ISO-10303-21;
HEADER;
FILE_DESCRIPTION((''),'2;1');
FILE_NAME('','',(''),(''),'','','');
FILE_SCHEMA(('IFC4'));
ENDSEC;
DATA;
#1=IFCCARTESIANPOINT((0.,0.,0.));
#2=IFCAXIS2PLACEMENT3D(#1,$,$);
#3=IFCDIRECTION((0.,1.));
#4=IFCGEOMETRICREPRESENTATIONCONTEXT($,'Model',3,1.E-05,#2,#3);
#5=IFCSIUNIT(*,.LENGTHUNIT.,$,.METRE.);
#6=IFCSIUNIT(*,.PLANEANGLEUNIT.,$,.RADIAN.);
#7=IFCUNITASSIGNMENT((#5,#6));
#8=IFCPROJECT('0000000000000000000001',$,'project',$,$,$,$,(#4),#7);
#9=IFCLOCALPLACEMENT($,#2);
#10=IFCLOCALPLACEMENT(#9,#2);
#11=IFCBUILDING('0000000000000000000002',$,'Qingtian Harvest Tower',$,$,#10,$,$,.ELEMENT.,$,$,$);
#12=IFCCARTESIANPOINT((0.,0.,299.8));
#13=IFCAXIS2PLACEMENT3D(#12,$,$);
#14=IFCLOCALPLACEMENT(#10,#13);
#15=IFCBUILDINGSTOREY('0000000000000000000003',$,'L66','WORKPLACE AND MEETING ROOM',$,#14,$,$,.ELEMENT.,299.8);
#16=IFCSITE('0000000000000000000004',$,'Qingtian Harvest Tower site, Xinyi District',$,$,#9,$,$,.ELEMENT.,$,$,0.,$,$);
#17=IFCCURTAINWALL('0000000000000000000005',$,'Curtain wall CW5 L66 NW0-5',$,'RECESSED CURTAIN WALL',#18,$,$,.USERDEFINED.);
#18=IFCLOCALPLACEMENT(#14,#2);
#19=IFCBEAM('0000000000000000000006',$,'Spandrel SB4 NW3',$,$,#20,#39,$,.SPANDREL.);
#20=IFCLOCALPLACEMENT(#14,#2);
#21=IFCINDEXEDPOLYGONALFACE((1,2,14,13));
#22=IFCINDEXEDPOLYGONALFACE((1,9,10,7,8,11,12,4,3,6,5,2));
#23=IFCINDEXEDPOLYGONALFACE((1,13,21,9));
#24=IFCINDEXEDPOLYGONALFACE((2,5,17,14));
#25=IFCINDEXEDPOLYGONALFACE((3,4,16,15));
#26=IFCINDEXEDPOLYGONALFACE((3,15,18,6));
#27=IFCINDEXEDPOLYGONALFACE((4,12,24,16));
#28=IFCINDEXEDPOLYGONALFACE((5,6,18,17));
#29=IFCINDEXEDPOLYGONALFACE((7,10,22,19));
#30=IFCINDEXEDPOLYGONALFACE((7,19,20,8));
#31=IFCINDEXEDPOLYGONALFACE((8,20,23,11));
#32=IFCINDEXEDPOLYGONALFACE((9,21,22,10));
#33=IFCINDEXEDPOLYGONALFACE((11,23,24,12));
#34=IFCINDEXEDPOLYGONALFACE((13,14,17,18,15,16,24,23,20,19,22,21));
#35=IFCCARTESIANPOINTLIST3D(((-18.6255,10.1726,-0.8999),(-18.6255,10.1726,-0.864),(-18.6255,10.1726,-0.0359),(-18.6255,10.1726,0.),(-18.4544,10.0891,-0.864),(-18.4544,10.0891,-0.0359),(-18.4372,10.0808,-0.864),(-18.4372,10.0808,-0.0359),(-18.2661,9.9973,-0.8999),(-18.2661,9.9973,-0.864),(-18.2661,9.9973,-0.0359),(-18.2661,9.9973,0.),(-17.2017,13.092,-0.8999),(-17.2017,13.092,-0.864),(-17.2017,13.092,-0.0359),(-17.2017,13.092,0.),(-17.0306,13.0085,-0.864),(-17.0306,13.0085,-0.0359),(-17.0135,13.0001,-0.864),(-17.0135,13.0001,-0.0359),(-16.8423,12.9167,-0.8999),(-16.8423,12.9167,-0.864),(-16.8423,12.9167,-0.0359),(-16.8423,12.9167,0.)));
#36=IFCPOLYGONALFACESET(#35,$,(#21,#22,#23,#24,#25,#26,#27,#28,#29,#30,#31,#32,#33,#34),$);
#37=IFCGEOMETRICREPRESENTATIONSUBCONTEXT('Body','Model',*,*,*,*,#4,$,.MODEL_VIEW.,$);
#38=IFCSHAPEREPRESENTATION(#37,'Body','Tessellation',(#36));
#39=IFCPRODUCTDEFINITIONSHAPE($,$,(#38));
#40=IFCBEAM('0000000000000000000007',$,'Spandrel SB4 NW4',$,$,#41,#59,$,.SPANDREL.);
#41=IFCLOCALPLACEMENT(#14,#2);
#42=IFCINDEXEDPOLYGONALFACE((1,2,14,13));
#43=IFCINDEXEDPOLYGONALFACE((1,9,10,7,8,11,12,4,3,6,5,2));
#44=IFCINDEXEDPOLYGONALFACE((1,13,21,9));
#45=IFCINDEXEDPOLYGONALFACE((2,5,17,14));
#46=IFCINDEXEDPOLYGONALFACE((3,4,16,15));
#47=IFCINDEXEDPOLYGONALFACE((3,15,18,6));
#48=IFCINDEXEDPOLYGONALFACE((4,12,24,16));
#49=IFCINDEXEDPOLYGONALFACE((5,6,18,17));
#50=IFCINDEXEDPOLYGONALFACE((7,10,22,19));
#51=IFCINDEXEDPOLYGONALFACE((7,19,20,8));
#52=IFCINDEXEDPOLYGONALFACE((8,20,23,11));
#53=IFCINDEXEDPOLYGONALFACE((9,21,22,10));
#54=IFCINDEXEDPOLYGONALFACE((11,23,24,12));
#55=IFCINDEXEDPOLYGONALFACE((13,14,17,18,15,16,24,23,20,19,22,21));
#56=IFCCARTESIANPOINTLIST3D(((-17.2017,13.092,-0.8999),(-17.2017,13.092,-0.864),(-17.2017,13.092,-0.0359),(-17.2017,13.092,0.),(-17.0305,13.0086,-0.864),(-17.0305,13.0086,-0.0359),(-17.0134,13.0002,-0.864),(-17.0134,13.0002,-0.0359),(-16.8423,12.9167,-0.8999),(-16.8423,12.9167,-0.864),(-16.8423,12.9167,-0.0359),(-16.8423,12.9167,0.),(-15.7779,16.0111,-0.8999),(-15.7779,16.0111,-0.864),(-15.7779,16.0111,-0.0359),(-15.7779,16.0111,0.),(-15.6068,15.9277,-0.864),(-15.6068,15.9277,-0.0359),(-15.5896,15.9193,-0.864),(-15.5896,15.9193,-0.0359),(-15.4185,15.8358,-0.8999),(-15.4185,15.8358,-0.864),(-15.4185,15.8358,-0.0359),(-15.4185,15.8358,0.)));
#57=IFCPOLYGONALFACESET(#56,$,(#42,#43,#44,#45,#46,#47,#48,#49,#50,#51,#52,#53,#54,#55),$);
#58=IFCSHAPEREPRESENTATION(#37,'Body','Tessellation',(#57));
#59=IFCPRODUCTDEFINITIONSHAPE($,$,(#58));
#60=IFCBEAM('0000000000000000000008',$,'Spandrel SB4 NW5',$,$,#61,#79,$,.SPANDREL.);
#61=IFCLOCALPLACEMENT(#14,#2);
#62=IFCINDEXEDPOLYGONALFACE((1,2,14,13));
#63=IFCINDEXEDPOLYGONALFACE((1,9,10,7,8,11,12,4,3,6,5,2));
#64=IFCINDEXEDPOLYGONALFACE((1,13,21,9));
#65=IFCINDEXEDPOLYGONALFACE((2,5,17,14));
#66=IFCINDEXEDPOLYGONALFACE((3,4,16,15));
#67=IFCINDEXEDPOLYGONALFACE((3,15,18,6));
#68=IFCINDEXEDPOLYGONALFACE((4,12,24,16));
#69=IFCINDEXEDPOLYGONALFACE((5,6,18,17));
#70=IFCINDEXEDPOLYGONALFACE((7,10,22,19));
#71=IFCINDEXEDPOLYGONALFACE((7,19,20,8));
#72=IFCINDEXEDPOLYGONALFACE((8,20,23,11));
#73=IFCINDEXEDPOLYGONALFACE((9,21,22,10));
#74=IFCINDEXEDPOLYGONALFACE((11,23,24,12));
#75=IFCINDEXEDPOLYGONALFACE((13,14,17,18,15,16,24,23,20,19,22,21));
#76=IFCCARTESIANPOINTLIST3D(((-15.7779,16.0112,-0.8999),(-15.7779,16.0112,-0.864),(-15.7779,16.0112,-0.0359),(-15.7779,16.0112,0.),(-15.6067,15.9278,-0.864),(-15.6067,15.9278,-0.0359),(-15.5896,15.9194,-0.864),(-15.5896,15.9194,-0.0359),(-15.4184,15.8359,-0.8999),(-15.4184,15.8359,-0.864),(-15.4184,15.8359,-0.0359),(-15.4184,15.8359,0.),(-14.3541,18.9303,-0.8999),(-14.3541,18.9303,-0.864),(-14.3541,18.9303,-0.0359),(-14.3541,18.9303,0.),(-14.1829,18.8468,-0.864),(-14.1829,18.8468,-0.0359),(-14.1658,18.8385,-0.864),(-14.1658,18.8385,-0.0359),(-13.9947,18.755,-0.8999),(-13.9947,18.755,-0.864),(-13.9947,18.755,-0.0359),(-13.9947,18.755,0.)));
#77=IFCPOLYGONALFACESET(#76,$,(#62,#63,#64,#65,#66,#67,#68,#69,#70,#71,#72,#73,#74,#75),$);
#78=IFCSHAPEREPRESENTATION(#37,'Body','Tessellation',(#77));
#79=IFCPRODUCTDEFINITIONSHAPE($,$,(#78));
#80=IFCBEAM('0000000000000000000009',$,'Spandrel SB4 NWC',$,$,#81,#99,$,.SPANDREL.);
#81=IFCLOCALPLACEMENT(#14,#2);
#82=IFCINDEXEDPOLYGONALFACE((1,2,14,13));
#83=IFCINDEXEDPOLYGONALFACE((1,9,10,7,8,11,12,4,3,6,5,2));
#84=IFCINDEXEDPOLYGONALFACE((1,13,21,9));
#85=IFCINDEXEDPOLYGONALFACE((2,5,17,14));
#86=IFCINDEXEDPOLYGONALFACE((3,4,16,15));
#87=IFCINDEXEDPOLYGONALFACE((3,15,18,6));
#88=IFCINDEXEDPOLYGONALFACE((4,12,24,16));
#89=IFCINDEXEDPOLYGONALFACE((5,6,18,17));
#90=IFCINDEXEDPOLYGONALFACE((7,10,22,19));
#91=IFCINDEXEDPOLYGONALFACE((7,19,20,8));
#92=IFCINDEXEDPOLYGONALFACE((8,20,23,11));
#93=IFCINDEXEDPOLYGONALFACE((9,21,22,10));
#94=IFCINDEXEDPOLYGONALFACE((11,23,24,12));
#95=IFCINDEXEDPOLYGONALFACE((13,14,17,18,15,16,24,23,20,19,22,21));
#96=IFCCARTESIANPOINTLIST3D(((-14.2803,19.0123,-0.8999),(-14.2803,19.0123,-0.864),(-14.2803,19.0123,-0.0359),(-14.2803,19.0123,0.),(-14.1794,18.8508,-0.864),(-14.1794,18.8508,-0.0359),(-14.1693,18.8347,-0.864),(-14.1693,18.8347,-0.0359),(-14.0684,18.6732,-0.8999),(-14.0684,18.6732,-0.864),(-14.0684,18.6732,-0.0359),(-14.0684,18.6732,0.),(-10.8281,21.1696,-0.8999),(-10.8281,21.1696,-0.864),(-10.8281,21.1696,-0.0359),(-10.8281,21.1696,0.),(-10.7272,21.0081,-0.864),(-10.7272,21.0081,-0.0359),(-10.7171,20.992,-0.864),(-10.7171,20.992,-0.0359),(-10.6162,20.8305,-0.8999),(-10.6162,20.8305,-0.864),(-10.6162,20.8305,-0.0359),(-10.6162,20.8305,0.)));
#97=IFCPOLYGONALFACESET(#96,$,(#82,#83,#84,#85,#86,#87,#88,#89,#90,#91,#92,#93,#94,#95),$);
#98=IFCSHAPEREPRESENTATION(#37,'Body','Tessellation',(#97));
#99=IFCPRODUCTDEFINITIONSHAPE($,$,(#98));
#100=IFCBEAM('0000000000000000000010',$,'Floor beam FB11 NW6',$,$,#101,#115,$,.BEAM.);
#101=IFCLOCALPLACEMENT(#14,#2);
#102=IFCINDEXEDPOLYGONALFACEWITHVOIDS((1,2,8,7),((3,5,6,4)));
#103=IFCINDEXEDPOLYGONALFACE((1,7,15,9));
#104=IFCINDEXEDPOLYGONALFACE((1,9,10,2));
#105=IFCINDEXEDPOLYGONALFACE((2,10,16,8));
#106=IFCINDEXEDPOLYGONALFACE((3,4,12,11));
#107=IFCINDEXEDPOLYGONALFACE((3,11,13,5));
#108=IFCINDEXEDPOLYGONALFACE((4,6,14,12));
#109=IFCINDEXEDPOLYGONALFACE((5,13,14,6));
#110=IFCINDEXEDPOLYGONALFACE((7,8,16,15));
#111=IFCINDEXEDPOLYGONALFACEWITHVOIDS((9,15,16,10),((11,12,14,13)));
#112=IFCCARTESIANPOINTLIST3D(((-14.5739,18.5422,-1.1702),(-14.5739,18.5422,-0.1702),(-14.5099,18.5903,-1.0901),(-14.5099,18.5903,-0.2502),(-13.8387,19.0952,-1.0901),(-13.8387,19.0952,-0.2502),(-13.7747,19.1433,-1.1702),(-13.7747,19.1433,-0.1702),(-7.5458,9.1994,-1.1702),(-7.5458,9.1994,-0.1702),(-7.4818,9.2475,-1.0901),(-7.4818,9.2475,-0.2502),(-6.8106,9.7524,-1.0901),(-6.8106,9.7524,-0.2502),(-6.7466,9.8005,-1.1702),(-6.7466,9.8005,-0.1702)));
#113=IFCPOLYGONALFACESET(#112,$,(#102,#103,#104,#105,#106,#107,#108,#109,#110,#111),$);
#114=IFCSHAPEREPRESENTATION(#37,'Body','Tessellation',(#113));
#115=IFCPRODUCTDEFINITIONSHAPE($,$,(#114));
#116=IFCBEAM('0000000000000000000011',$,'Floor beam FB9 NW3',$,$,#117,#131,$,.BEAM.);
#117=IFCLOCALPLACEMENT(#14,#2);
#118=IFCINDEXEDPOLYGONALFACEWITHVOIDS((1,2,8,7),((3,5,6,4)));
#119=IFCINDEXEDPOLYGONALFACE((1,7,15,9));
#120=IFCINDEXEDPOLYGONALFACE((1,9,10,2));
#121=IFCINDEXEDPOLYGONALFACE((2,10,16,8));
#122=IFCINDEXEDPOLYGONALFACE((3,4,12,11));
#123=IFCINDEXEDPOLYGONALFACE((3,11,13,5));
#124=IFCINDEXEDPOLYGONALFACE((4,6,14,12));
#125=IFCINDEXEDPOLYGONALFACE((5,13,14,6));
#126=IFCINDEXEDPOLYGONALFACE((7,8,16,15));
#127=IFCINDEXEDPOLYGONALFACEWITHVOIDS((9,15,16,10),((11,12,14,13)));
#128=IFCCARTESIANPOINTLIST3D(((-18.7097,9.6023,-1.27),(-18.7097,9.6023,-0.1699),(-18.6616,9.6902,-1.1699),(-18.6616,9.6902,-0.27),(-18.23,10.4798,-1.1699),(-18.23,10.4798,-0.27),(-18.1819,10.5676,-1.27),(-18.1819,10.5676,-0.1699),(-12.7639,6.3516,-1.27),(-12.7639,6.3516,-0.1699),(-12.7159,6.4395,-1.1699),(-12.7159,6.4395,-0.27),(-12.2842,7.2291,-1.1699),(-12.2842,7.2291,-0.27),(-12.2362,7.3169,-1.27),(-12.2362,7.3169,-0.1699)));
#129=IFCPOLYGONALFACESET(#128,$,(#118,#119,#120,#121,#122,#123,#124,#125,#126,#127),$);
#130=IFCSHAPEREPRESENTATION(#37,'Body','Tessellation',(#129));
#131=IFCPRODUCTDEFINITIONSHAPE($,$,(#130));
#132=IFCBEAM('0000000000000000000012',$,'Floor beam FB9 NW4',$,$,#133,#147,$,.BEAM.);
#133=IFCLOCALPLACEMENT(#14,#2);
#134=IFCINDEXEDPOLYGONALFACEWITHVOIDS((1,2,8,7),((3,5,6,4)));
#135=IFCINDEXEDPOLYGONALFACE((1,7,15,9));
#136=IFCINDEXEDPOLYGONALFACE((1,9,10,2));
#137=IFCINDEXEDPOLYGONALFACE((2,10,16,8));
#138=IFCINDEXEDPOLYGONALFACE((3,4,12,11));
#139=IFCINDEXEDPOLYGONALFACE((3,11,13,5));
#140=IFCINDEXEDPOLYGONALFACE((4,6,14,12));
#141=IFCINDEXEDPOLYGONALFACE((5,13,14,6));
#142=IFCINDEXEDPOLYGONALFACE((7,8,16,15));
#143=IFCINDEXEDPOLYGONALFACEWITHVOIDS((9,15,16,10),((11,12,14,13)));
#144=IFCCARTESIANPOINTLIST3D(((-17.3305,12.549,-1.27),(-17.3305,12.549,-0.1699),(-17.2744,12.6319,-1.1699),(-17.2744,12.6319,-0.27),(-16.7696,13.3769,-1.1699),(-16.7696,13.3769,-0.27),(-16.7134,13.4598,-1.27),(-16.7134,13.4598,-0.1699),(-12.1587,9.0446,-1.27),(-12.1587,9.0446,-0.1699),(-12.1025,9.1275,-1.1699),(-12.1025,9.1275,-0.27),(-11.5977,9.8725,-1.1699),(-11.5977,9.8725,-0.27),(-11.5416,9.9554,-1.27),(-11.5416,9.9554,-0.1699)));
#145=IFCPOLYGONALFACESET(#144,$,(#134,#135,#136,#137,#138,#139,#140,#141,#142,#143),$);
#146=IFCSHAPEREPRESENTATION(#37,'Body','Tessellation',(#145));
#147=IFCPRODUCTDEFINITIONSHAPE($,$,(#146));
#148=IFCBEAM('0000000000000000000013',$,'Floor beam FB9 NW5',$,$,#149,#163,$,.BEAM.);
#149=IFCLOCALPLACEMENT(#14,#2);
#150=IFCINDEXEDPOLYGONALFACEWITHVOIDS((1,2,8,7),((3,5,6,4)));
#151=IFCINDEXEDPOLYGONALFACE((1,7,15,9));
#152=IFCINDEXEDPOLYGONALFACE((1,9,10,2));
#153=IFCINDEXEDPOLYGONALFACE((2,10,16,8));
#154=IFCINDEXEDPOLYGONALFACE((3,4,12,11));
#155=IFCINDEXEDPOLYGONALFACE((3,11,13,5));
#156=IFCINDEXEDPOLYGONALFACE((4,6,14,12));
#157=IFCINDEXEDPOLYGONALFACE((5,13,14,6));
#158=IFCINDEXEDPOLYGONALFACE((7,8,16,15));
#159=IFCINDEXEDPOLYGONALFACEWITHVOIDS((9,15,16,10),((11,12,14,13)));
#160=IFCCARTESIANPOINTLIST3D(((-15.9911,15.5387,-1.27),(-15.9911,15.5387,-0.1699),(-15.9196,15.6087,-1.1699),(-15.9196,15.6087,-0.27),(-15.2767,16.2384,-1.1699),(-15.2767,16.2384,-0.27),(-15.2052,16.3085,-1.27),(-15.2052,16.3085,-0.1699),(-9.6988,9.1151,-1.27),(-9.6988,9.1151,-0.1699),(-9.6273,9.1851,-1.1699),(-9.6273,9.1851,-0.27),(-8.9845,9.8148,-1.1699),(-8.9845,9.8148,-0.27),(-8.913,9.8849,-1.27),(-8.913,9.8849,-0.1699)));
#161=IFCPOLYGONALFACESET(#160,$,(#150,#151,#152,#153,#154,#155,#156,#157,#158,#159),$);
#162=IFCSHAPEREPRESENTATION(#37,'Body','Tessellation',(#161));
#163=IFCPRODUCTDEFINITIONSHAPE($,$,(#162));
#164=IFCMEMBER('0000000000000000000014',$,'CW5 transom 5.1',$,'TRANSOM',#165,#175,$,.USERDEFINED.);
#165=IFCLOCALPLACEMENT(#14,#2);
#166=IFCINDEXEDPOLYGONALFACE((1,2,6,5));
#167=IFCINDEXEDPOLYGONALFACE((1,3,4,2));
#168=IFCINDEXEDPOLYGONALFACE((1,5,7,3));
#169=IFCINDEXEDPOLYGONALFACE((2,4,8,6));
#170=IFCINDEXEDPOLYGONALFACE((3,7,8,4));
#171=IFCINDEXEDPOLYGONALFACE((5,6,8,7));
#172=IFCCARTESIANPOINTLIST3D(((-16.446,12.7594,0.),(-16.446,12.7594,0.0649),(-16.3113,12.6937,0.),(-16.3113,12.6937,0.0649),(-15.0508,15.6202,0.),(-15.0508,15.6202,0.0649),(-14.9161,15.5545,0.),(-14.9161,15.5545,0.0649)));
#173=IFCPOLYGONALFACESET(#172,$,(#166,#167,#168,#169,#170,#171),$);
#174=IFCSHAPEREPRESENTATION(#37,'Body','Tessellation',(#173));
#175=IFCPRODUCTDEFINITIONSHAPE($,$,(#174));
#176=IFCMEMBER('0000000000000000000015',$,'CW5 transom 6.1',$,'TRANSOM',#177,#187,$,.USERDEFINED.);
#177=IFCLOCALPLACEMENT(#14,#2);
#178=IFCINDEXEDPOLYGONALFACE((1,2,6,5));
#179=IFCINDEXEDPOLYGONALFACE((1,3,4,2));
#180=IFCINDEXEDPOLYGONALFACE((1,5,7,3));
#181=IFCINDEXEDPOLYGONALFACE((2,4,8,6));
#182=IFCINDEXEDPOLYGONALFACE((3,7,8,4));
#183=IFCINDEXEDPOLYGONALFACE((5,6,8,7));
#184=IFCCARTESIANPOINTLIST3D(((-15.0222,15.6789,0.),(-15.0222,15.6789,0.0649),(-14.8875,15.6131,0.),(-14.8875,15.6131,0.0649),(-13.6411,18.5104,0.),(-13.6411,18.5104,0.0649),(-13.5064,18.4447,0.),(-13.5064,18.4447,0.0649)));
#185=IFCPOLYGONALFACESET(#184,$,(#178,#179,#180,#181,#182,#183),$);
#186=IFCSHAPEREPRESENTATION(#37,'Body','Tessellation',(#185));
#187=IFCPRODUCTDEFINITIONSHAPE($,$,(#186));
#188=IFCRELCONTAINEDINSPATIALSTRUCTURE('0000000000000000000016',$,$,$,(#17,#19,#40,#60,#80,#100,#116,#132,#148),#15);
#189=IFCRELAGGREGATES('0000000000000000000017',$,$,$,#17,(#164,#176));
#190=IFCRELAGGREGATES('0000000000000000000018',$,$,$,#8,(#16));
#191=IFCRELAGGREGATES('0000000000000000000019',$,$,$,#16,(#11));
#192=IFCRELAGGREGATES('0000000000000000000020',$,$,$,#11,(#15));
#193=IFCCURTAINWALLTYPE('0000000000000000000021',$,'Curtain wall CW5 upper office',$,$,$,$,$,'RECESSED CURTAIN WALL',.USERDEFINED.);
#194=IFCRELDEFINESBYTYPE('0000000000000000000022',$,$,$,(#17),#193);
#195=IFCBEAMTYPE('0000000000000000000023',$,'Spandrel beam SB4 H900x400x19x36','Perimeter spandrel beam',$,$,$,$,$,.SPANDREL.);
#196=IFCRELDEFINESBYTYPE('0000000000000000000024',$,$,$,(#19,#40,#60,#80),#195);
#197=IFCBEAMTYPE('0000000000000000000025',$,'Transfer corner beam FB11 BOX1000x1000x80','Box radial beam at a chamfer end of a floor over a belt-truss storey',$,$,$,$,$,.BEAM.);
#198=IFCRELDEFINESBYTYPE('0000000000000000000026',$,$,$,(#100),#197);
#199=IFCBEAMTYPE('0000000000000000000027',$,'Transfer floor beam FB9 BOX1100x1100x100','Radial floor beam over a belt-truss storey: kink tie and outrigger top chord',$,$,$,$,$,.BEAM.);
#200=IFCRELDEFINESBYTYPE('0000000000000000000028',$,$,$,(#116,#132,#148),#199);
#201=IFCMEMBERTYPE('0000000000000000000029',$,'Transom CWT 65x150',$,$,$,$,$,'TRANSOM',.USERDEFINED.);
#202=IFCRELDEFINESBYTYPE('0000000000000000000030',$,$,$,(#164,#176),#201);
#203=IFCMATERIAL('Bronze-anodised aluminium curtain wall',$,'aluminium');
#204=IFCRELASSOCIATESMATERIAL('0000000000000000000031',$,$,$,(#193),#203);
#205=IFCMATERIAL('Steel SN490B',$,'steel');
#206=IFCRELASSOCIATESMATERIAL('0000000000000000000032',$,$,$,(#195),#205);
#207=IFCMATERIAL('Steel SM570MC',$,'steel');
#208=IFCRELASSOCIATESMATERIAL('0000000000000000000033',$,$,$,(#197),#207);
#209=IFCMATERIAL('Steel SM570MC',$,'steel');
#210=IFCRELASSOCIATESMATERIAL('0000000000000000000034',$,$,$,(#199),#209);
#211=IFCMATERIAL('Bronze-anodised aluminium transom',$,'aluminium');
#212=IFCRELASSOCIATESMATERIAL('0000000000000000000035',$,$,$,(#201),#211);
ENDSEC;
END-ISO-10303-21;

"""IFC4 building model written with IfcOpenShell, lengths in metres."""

from ifc_helpers import new_model, si_unit, direction, frame, origin, origin_2d, place, context, subcontext, project, spatial, rectangle, hollow_rectangle, i_section, extrude, material, material_profile, profile_set, type_object, element, aggregate, save


model = new_model("IFC4")

# Units and contexts
model_context = context("Model", 3, precision=1e-05, world=origin(), true_north=direction((0.0, 1.0)))
body_context = subcontext(model_context, "Body", "Model", "MODEL_VIEW")
ifc_project = project(units=[si_unit("LENGTHUNIT", "METRE"), si_unit("PLANEANGLEUNIT", "RADIAN")], contexts=[model_context])

# Site, building, storey
site_placement = place(None, origin())
site = spatial("IfcSite", under=ifc_project, at=site_placement, Name="Qingtian Harvest Tower site, Xinyi District", CompositionType="ELEMENT", RefElevation=0.0)
building_placement = place(site_placement, origin())
building = spatial("IfcBuilding", under=site, at=building_placement, Name="Qingtian Harvest Tower", CompositionType="ELEMENT")
storey_placement = place(building_placement, frame((0.0, 0.0, 299.8)))
storey = spatial("IfcBuildingStorey", under=building, at=storey_placement, Name="L66", Description="WORKPLACE AND MEETING ROOM", CompositionType="ELEMENT", Elevation=299.8)

# Curtain wall
ifc_material_1 = material(Name="Bronze-anodised aluminium curtain wall", Category="aluminium")
curtain_wall_type = type_object("IfcCurtainWallType", Name="Curtain wall CW5 upper office", ElementType="RECESSED CURTAIN WALL", PredefinedType="USERDEFINED", material=ifc_material_1)
curtain_wall_1_placement = place(storey_placement, origin())
curtain_wall_1 = element("IfcCurtainWall", 1, at=curtain_wall_1_placement, inside=storey, type_object=curtain_wall_type, Name="Curtain wall CW5 L66 NW0-5", ObjectType="RECESSED CURTAIN WALL", PredefinedType="USERDEFINED")

# Beams
ifc_material_2 = material(Name="Steel SN490B", Category="steel")
ifc_material_profile_1 = material_profile(ifc_material_2, i_section(OverallWidth=0.3999, OverallDepth=0.8999, WebThickness=0.019, FlangeThickness=0.0359, at=origin_2d()), Name="H900x400x19x36")
ifc_profile_set_1 = profile_set([ifc_material_profile_1], Name="Steel SN490B")
beam_type_1 = type_object("IfcBeamType", Name="Spandrel beam SB4 H900x400x19x36", Description="Perimeter spandrel beam", PredefinedType="SPANDREL", material=ifc_profile_set_1)
beam_1_placement = place(storey_placement, frame((-18.4458, 10.085, -0.45), z_axis=(0.438353, 0.898803, 0.0), x_axis=(-0.898803, 0.438353, 0.0)))
element("IfcBeam", 2, at=beam_1_placement, inside=storey, type_object=beam_type_1, Name="Spandrel SB4 NW3", PredefinedType="SPANDREL", context=body_context, shape_type="SweptSolid", body=[
    extrude(i_section(OverallWidth=0.3999, OverallDepth=0.8999, WebThickness=0.019, FlangeThickness=0.0359, at=origin_2d()), origin(), (0.0, 0.0, 1.0), 3.248),
])
for number, where, z_axis, x_axis, name in (
    (3, (-17.022, 13.0044, -0.45), (0.438382, 0.898789, 0.0), (-0.898789, 0.438382, 0.0), "Spandrel SB4 NW4"),
    (4, (-15.5981, 15.9236, -0.45), (0.438382, 0.898789, 0.0), (-0.898789, 0.438382, 0.0), "Spandrel SB4 NW5"),
):
    element("IfcBeam", number, at=place(storey_placement, frame(where, z_axis=z_axis, x_axis=x_axis)), inside=storey, type_object=beam_type_1, Name=name, PredefinedType="SPANDREL", context=body_context, shape_type="SweptSolid", body=[
        extrude(i_section(OverallWidth=0.3999, OverallDepth=0.8999, WebThickness=0.019, FlangeThickness=0.0359, at=origin_2d()), origin(), (0.0, 0.0, 1.0), 3.2478),
    ])
beam_2_placement = place(storey_placement, frame((-14.1743, 18.8428, -0.45), z_axis=(0.848039, 0.529934, 0.0), x_axis=(-0.529934, 0.848039, 0.0)))
element("IfcBeam", 5, at=beam_2_placement, inside=storey, type_object=beam_type_1, Name="Spandrel SB4 NWC", PredefinedType="SPANDREL", context=body_context, shape_type="SweptSolid", body=[
    extrude(i_section(OverallWidth=0.3999, OverallDepth=0.8999, WebThickness=0.019, FlangeThickness=0.0359, at=origin_2d()), origin(), (0.0, 0.0, 1.0), 4.0708),
])
ifc_material_3 = material(Name="Steel SM570MC", Category="steel")
ifc_material_profile_2 = material_profile(ifc_material_3, hollow_rectangle(XDim=1.0, YDim=1.0, WallThickness=0.0801, at=origin_2d()), Name="BOX1000x1000x80")
ifc_profile_set_2 = profile_set([ifc_material_profile_2], Name="Steel SM570MC")
beam_type_2 = type_object("IfcBeamType", Name="Transfer corner beam FB11 BOX1000x1000x80", Description="Box radial beam at a chamfer end of a floor over a belt-truss storey", PredefinedType="BEAM", material=ifc_profile_set_2)
beam_3_placement = place(storey_placement, frame((-14.1743, 18.8428, -0.6702), z_axis=(0.601149, -0.799137, 0.0), x_axis=(0.799137, 0.601149, 0.0)))
element("IfcBeam", 6, at=beam_3_placement, inside=storey, type_object=beam_type_2, Name="Floor beam FB11 NW6", PredefinedType="BEAM", context=body_context, shape_type="SweptSolid", body=[
    extrude(hollow_rectangle(XDim=1.0, YDim=1.0, WallThickness=0.0801, at=origin_2d()), origin(), (0.0, 0.0, 1.0), 11.6912),
])
ifc_material_4 = material(Name="Steel SM570MC", Category="steel")
ifc_material_profile_3 = material_profile(ifc_material_4, hollow_rectangle(XDim=1.1001, YDim=1.1001, WallThickness=0.1001, at=origin_2d()), Name="BOX1100x1100x100")
ifc_profile_set_3 = profile_set([ifc_material_profile_3], Name="Steel SM570MC")
beam_type_3 = type_object("IfcBeamType", Name="Transfer floor beam FB9 BOX1100x1100x100", Description="Radial floor beam over a belt-truss storey: kink tie and outrigger top chord", PredefinedType="BEAM", material=ifc_profile_set_3)
beam_4_placement = place(storey_placement, frame((-18.4458, 10.085, -0.72), z_axis=(0.877426, -0.479713, 0.0), x_axis=(0.479713, 0.877426, 0.0)))
element("IfcBeam", 7, at=beam_4_placement, inside=storey, type_object=beam_type_3, Name="Floor beam FB9 NW3", PredefinedType="BEAM", context=body_context, shape_type="SweptSolid", body=[
    extrude(hollow_rectangle(XDim=1.1001, YDim=1.1001, WallThickness=0.1001, at=origin_2d()), origin(), (0.0, 0.0, 1.0), 6.7764),
])
beam_5_placement = place(storey_placement, frame((-17.022, 13.0044, -0.72), z_axis=(0.827854, -0.560943, 0.0), x_axis=(0.560943, 0.827854, 0.0)))
element("IfcBeam", 8, at=beam_5_placement, inside=storey, type_object=beam_type_3, Name="Floor beam FB9 NW4", PredefinedType="BEAM", context=body_context, shape_type="SweptSolid", body=[
    extrude(hollow_rectangle(XDim=1.1001, YDim=1.1001, WallThickness=0.1001, at=origin_2d()), origin(), (0.0, 0.0, 1.0), 6.2473),
])
beam_6_placement = place(storey_placement, frame((-15.5981, 15.9236, -0.72), z_axis=(0.699765, -0.714373, 0.0), x_axis=(0.714373, 0.699765, 0.0)))
element("IfcBeam", 9, at=beam_6_placement, inside=storey, type_object=beam_type_3, Name="Floor beam FB9 NW5", PredefinedType="BEAM", context=body_context, shape_type="SweptSolid", body=[
    extrude(hollow_rectangle(XDim=1.1001, YDim=1.1001, WallThickness=0.1001, at=origin_2d()), origin(), (0.0, 0.0, 1.0), 8.9919),
])

# Members
ifc_material_5 = material(Name="Bronze-anodised aluminium transom", Category="aluminium")
ifc_material_profile_4 = material_profile(ifc_material_5, rectangle(XDim=0.1499, YDim=0.0649, at=origin_2d()), Name="AL 65x150")
ifc_profile_set_4 = profile_set([ifc_material_profile_4], Name="Bronze-anodised aluminium transom")
member_type_1 = type_object("IfcMemberType", Name="Transom CWT 65x150", ElementType="TRANSOM", PredefinedType="USERDEFINED", material=ifc_profile_set_4)
member_1_placement = place(storey_placement, frame((-16.3787, 12.7266, 0.0325), z_axis=(0.438356, 0.898802, 0.0), x_axis=(-0.898802, 0.438356, 0.0)))
member_1 = element("IfcMember", 10, at=member_1_placement, type_object=member_type_1, Name="CW5 transom 5.1", ObjectType="TRANSOM", PredefinedType="USERDEFINED", context=body_context, shape_type="SweptSolid", body=[
    extrude(rectangle(XDim=0.1499, YDim=0.0649, at=origin_2d()), origin(), (0.0, 0.0, 1.0), 3.1829),
])
member_2_placement = place(storey_placement, frame((-14.9548, 15.646, 0.0325), z_axis=(0.438389, 0.898786, 0.0), x_axis=(-0.898786, 0.438389, 0.0)))
member_2 = element("IfcMember", 11, at=member_2_placement, type_object=member_type_1, Name="CW5 transom 6.1", ObjectType="TRANSOM", PredefinedType="USERDEFINED", context=body_context, shape_type="SweptSolid", body=[
    extrude(rectangle(XDim=0.1499, YDim=0.0649, at=origin_2d()), origin(), (0.0, 0.0, 1.0), 3.1504),
])

aggregate(curtain_wall_1, [member_1, member_2])

save(model, "model.ifc")
